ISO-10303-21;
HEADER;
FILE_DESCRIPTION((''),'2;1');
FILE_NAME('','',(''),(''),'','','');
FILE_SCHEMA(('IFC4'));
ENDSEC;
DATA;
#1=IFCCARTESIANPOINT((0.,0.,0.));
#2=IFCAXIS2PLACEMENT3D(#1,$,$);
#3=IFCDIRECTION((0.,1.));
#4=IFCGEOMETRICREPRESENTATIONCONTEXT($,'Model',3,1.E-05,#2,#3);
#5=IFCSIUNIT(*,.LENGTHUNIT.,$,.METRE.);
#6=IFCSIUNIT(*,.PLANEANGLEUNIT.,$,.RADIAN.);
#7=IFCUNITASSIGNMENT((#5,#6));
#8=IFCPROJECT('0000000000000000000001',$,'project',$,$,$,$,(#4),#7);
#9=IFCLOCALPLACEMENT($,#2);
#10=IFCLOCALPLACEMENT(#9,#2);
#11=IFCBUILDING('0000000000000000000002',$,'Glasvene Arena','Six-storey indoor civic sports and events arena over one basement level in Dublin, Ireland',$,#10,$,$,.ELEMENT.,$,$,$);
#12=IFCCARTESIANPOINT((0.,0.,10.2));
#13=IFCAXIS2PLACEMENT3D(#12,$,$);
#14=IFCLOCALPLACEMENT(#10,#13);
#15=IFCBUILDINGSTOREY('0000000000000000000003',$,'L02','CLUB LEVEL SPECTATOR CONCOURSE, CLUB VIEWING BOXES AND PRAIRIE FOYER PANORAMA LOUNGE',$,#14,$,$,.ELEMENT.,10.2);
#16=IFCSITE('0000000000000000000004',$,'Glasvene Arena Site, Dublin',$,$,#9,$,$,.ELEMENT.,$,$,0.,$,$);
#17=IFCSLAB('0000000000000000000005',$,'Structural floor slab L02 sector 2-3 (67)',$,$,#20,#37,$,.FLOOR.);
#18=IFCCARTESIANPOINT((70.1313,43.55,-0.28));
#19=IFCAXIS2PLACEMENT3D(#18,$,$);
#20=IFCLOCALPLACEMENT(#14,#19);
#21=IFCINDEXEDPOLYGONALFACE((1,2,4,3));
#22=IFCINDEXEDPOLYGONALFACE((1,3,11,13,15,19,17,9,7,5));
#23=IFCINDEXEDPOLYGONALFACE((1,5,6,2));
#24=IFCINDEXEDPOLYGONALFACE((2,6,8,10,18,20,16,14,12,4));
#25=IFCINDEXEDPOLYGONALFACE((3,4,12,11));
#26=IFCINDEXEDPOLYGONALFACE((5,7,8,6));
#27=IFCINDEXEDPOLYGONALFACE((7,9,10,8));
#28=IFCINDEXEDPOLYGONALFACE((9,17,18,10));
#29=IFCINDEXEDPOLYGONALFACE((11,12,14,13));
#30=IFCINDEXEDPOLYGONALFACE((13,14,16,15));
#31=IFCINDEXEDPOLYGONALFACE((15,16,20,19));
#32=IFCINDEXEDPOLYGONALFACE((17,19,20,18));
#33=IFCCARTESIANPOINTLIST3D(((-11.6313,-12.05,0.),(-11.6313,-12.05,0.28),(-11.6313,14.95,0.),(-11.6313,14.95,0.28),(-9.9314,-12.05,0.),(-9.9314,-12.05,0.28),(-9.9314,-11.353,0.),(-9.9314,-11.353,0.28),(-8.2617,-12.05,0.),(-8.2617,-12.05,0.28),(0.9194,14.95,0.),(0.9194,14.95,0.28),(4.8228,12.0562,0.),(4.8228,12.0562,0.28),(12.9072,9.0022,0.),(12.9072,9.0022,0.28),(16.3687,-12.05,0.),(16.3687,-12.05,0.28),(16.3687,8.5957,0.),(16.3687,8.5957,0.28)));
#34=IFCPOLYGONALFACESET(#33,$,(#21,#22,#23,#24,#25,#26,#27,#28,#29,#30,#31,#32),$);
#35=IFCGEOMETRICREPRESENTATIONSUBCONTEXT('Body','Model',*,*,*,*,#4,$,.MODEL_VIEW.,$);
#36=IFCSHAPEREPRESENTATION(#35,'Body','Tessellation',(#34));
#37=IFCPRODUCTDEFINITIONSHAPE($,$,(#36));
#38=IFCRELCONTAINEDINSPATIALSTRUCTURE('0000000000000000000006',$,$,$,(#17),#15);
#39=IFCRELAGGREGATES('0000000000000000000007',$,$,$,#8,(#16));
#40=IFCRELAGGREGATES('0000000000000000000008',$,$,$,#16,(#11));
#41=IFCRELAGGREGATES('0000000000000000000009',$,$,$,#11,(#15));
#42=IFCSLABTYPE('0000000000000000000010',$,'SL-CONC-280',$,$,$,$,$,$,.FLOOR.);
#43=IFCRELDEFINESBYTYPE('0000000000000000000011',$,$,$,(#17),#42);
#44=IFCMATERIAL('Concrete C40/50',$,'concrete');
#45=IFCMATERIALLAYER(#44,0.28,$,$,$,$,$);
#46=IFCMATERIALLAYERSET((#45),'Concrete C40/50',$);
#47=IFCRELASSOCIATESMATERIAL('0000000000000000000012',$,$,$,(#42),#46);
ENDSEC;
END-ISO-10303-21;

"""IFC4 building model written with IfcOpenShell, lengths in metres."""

from ifc_helpers import new_model, si_unit, direction, frame, origin, place, context, subcontext, project, spatial, polyline, outline, extrude, material, layer, layer_set, type_object, element, save


model = new_model("IFC4")

# Units and contexts
model_context = context("Model", 3, precision=1e-05, world=origin(), true_north=direction((0.0, 1.0)))
body_context = subcontext(model_context, "Body", "Model", "MODEL_VIEW")
ifc_project = project(units=[si_unit("LENGTHUNIT", "METRE"), si_unit("PLANEANGLEUNIT", "RADIAN")], contexts=[model_context])

# Site, building, storey
site_placement = place(None, origin())
site = spatial("IfcSite", under=ifc_project, at=site_placement, Name="Glasvene Arena Site, Dublin", CompositionType="ELEMENT", RefElevation=0.0)
building_placement = place(site_placement, origin())
building = spatial("IfcBuilding", under=site, at=building_placement, Name="Glasvene Arena", Description="Six-storey indoor civic sports and events arena over one basement level in Dublin, Ireland", CompositionType="ELEMENT")
storey_placement = place(building_placement, frame((0.0, 0.0, 10.2)))
storey = spatial("IfcBuildingStorey", under=building, at=storey_placement, Name="L02", Description="CLUB LEVEL SPECTATOR CONCOURSE, CLUB VIEWING BOXES AND PRAIRIE FOYER PANORAMA LOUNGE", CompositionType="ELEMENT", Elevation=10.2)

# Shared definitions
ifc_material_1 = material(Name="Concrete C40/50", Category="concrete")

# Slab
ifc_layer_1 = layer(ifc_material_1, 0.28)
ifc_layer_set_1 = layer_set([ifc_layer_1], Name="Concrete C40/50")
slab_type_1 = type_object("IfcSlabType", Name="SL-CONC-280", PredefinedType="FLOOR", material=ifc_layer_set_1)
slab_1_placement = place(storey_placement, frame((70.1313, 43.55, -0.28)))
element("IfcSlab", 1, at=slab_1_placement, inside=storey, type_object=slab_type_1, Name="Structural floor slab L02 sector 2-3 (67)", PredefinedType="FLOOR", context=body_context, shape_type="SweptSolid", body=[
    extrude(outline(polyline([(-9.9314, -11.353), (-9.9314, -12.05), (-11.6313, -12.05), (-11.6313, 14.95), (0.9194, 14.95), (4.8228, 12.0562), (12.9072, 9.0022), (16.3687, 8.5957), (16.3687, -12.05), (-8.2617, -12.05), (-9.9314, -11.353)])), origin(), (0.0, 0.0, 1.0), 0.28),
])

save(model, "model.ifc")
